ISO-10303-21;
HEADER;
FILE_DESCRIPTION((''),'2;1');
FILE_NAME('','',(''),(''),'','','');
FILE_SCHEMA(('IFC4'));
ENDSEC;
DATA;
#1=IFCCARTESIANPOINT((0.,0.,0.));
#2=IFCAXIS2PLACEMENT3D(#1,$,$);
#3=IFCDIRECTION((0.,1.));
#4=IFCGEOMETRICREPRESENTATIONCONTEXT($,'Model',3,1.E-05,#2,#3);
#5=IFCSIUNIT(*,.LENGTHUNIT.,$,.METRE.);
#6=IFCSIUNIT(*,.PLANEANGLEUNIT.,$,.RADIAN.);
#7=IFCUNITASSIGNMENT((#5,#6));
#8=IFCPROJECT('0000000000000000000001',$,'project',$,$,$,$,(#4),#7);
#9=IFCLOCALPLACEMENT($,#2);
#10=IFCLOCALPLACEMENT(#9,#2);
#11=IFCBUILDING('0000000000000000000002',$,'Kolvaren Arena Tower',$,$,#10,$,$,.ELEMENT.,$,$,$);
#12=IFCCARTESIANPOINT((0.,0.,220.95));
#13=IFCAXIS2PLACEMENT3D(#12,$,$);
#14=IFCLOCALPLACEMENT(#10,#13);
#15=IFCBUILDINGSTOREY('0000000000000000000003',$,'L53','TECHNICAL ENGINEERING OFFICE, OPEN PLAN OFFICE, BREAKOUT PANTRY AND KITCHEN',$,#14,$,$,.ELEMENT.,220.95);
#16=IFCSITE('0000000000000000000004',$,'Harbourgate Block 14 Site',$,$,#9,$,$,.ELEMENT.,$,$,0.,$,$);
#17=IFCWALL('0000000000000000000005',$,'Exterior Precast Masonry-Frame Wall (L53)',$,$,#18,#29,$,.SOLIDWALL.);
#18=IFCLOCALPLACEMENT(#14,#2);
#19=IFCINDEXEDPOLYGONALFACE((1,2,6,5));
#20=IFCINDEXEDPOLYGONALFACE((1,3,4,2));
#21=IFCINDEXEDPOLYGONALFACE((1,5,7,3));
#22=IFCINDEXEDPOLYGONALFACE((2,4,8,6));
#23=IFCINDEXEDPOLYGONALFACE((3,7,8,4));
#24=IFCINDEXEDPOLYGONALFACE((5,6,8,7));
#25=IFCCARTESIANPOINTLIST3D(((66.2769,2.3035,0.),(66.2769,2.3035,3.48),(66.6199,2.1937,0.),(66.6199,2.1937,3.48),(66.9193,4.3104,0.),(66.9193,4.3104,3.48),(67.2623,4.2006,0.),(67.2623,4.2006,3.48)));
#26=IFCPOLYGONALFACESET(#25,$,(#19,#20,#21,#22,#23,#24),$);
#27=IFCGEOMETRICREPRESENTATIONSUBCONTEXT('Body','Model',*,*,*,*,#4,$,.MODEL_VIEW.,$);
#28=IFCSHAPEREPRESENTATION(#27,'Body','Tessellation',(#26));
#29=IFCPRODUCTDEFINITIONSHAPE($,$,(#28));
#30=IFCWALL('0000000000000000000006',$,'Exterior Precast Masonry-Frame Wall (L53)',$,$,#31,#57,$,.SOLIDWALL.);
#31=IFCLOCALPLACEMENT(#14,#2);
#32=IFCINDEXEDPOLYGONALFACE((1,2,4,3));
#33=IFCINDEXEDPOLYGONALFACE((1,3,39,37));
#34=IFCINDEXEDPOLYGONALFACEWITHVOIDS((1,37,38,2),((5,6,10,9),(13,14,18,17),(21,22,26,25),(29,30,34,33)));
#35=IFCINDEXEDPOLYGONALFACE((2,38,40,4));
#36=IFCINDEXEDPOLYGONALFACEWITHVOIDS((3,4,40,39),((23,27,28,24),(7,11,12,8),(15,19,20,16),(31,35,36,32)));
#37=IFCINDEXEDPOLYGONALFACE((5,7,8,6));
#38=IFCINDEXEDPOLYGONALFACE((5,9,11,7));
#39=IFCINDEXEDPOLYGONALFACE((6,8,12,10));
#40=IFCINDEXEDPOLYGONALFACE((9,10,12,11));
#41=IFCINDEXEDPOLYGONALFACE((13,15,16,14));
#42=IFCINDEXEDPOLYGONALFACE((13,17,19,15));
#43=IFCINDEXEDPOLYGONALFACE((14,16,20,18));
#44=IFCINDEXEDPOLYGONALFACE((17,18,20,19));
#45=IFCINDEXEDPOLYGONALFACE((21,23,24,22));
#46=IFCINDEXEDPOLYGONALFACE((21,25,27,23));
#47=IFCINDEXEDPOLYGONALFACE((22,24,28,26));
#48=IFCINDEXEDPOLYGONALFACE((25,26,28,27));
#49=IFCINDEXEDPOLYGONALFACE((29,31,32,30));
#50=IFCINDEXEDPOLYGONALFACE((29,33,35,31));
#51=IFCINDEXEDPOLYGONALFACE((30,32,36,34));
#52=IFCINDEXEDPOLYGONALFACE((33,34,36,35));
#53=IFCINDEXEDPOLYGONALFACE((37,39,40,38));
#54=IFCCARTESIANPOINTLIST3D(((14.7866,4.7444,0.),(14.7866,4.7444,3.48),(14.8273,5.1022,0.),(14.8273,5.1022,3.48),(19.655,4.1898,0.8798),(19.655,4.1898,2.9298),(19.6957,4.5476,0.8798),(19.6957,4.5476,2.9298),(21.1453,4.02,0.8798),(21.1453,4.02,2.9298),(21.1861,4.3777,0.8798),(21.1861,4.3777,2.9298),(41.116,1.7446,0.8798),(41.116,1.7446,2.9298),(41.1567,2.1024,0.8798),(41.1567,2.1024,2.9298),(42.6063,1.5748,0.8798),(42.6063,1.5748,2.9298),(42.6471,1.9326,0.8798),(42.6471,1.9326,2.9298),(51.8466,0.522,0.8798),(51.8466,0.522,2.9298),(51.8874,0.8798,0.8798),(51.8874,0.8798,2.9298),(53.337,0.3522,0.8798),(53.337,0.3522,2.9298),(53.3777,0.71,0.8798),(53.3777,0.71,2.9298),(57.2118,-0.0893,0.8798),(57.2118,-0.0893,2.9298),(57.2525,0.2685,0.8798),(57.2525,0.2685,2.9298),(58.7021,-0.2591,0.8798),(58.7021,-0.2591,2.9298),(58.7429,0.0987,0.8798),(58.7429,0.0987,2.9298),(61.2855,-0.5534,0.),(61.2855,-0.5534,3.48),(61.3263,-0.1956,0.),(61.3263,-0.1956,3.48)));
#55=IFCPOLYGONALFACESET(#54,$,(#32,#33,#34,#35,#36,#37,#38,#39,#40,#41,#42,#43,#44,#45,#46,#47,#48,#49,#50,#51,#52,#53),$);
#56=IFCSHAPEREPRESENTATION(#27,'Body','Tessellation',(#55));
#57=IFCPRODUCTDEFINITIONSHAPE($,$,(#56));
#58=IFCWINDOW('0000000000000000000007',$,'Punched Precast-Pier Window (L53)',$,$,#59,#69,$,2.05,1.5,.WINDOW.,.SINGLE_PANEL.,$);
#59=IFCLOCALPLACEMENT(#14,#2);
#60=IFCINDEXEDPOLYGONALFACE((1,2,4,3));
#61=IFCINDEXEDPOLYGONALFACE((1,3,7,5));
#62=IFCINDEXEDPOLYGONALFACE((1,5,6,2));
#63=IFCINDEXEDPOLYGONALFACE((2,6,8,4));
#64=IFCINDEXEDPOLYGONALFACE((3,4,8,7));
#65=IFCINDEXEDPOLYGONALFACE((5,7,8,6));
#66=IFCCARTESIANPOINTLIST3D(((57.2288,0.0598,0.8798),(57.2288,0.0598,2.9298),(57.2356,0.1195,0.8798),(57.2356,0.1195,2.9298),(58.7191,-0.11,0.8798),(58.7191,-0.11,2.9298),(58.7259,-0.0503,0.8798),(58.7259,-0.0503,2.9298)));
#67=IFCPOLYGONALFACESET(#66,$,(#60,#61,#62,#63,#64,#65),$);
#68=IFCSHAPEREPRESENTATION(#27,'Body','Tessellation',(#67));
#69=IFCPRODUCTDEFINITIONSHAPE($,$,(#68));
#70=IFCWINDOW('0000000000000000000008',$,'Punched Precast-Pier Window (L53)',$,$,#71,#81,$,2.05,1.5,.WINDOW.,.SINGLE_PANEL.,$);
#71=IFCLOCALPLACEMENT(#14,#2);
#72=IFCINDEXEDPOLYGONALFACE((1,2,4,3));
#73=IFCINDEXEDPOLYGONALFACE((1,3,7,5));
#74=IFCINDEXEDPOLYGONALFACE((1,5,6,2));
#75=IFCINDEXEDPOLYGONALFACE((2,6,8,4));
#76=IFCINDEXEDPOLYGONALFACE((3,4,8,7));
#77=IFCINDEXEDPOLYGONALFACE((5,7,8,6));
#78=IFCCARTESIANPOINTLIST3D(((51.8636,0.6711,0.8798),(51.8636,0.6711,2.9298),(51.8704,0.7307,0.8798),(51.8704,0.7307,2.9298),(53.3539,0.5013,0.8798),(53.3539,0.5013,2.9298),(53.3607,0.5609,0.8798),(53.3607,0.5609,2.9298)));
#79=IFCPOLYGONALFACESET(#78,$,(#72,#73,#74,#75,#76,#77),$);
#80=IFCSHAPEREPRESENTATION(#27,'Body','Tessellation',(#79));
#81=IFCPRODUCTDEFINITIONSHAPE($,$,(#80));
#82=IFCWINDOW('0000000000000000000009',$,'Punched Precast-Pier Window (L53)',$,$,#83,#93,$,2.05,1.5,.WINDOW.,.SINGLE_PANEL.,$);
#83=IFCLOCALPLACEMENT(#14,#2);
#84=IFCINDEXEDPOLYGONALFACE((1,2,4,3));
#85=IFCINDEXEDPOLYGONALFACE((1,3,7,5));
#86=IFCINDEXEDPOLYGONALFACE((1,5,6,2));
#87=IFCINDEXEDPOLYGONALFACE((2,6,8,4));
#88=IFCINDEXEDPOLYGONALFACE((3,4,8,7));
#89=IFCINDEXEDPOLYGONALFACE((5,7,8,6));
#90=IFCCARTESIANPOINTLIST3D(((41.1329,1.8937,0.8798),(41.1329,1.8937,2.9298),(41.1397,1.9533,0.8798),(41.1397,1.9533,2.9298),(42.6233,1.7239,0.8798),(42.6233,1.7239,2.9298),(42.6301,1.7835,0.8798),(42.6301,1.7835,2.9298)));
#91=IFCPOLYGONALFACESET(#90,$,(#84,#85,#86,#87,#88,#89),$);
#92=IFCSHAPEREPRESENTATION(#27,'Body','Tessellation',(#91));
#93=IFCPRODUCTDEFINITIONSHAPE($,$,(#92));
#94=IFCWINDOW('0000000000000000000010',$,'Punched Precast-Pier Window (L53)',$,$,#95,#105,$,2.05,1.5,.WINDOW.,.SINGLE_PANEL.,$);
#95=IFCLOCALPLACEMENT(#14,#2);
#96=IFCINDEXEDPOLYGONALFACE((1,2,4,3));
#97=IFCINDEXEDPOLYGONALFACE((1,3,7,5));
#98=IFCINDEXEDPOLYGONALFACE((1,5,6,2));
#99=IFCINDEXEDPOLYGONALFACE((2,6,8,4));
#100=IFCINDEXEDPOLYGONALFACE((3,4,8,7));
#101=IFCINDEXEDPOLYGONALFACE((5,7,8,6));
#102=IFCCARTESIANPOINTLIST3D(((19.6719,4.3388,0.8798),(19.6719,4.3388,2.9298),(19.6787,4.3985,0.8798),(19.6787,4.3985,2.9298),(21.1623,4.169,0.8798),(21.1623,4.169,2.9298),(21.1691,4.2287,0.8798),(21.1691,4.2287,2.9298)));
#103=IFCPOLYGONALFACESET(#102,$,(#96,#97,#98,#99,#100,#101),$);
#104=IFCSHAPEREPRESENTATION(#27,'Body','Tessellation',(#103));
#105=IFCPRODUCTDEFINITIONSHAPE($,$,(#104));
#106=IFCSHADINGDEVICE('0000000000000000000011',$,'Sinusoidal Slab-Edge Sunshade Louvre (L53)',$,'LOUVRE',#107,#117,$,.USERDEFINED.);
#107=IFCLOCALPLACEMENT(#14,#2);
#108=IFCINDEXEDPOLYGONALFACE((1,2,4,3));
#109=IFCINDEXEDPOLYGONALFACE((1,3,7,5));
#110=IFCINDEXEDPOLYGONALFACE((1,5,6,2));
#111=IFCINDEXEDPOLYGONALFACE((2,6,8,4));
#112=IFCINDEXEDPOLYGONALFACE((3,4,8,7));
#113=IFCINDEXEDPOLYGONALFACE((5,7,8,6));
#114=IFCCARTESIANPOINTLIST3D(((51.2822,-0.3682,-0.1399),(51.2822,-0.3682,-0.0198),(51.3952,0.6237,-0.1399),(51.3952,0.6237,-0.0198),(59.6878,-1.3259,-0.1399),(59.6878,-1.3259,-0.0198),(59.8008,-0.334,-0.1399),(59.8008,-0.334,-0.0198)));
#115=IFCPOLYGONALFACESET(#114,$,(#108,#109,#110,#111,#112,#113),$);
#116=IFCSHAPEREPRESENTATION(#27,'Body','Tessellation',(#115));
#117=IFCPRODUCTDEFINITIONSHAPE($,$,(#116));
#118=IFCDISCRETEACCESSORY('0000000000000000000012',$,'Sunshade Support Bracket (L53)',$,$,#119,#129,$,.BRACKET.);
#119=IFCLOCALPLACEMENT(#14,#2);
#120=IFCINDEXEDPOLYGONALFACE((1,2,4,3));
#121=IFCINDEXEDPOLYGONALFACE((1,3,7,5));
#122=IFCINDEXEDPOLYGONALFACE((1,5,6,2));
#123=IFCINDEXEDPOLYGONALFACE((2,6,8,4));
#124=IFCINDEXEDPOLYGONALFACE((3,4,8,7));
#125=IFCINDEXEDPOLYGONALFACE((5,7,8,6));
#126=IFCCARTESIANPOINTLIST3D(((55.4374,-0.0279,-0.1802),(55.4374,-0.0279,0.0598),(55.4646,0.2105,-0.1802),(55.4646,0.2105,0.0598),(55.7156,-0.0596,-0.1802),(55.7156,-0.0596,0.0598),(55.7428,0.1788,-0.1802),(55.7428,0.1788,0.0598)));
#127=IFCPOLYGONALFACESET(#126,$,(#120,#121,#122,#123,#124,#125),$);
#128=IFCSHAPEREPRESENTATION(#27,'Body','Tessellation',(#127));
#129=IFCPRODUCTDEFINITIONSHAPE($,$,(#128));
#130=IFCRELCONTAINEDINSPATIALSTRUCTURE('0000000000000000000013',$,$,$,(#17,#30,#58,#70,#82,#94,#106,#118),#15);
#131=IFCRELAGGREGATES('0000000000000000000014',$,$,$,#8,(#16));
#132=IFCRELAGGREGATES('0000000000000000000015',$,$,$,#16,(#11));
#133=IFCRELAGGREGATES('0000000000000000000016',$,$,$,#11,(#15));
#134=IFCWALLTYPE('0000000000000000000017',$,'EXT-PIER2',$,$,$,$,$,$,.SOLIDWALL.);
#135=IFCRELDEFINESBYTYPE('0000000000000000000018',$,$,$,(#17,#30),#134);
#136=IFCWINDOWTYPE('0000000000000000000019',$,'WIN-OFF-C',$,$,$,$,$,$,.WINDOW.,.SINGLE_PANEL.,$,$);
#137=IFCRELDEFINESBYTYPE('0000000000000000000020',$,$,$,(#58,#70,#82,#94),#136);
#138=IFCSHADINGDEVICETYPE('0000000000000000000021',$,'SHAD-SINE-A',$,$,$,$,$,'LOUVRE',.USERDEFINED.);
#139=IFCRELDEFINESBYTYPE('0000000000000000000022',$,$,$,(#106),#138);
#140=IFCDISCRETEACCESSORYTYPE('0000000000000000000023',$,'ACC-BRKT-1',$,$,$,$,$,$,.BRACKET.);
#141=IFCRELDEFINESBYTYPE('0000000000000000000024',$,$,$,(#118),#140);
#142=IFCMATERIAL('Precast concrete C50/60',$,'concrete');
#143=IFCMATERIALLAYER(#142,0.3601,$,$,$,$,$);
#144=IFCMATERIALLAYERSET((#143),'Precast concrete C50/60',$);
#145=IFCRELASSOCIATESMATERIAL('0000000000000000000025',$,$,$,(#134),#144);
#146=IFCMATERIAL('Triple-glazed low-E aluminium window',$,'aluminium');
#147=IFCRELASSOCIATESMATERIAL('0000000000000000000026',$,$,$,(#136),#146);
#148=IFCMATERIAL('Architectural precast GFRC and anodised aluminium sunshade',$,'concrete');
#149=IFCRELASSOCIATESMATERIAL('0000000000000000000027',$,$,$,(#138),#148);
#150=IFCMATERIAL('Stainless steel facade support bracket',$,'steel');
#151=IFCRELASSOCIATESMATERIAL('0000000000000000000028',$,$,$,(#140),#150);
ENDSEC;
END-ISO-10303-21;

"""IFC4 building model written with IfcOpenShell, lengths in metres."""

from ifc_helpers import new_model, si_unit, direction, frame, frame_2d, origin, origin_2d, place, context, subcontext, project, spatial, rectangle, extrude, material, layer, layer_set, type_object, element, fill, save


model = new_model("IFC4")

# Units and contexts
model_context = context("Model", 3, precision=1e-05, world=origin(), true_north=direction((0.0, 1.0)))
body_context = subcontext(model_context, "Body", "Model", "MODEL_VIEW")
ifc_project = project(units=[si_unit("LENGTHUNIT", "METRE"), si_unit("PLANEANGLEUNIT", "RADIAN")], contexts=[model_context])

# Site, building, storey
site_placement = place(None, origin())
site = spatial("IfcSite", under=ifc_project, at=site_placement, Name="Harbourgate Block 14 Site", CompositionType="ELEMENT", RefElevation=0.0)
building_placement = place(site_placement, origin())
building = spatial("IfcBuilding", under=site, at=building_placement, Name="Kolvaren Arena Tower", CompositionType="ELEMENT")
storey_placement = place(building_placement, frame((0.0, 0.0, 220.95)))
storey = spatial("IfcBuildingStorey", under=building, at=storey_placement, Name="L53", Description="TECHNICAL ENGINEERING OFFICE, OPEN PLAN OFFICE, BREAKOUT PANTRY AND KITCHEN", CompositionType="ELEMENT", Elevation=220.95)

# Wall
ifc_material_1 = material(Name="Precast concrete C50/60", Category="concrete")
ifc_layer_1 = layer(ifc_material_1, 0.3601)
ifc_layer_set_1 = layer_set([ifc_layer_1], Name="Precast concrete C50/60")
wall_type_1 = type_object("IfcWallType", Name="EXT-PIER2", PredefinedType="SOLIDWALL", material=ifc_layer_set_1)
wall_1_placement = place(storey_placement, frame((67.0908, 4.2556, 0.0), z_axis=(0.0, 0.0, 1.0), x_axis=(-0.304839, -0.952404, 0.0)))
element("IfcWall", 1, at=wall_1_placement, inside=storey, type_object=wall_type_1, Name="Exterior Precast Masonry-Frame Wall (L53)", PredefinedType="SOLIDWALL", context=body_context, shape_type="SweptSolid", body=[
    extrude(rectangle(XDim=2.1072, YDim=0.3601, at=frame_2d((1.0537, 0.0))), origin(), (0.0, 0.0, 1.0), 3.48),
])

# Wall, openings, windows
wall_2_placement = place(storey_placement, frame((61.3059, -0.3745, 0.0), z_axis=(0.0, 0.0, 1.0), x_axis=(-0.993572, 0.113202, 0.0)))
wall_2 = element("IfcWall", 2, at=wall_2_placement, inside=storey, type_object=wall_type_1, Name="Exterior Precast Masonry-Frame Wall (L53)", PredefinedType="SOLIDWALL", context=body_context, shape_type="SweptSolid", body=[
    extrude(rectangle(XDim=46.7998, YDim=0.3601, at=frame_2d((23.3999, 0.0))), origin(), (0.0, 0.0, 1.0), 3.48),
])
opening_1_placement = place(wall_2_placement, frame((2.6001, 0.0, 0.8799)))
opening_1 = element("IfcOpeningElement", 3, at=opening_1_placement, cuts=wall_2, PredefinedType="OPENING", context=body_context, shape_type="SweptSolid", body=[
    extrude(rectangle(XDim=1.5, YDim=2.05, at=frame_2d((0.75, 1.0249))), frame((0.0, 0.1899, 0.0), z_axis=(0.0, -1.0, 0.0), x_axis=(1.0, 0.0, 0.0)), (0.0, 0.0, 1.0), 0.3801),
])
opening_2_placement = place(wall_2_placement, frame((8.0, 0.0, 0.8799)))
opening_2 = element("IfcOpeningElement", 4, at=opening_2_placement, cuts=wall_2, PredefinedType="OPENING", context=body_context, shape_type="SweptSolid", body=[
    extrude(rectangle(XDim=1.5, YDim=2.05, at=frame_2d((0.75, 1.0249))), frame((0.0, 0.1899, 0.0), z_axis=(0.0, -1.0, 0.0), x_axis=(1.0, 0.0, 0.0)), (0.0, 0.0, 1.0), 0.3801),
])
opening_3_placement = place(wall_2_placement, frame((18.8, 0.0, 0.8799)))
opening_3 = element("IfcOpeningElement", 5, at=opening_3_placement, cuts=wall_2, PredefinedType="OPENING", context=body_context, shape_type="SweptSolid", body=[
    extrude(rectangle(XDim=1.5, YDim=2.05, at=frame_2d((0.75, 1.0249))), frame((0.0, 0.1899, 0.0), z_axis=(0.0, -1.0, 0.0), x_axis=(1.0, 0.0, 0.0)), (0.0, 0.0, 1.0), 0.3801),
])
opening_4_placement = place(wall_2_placement, frame((40.3999, 0.0, 0.8799)))
opening_4 = element("IfcOpeningElement", 6, at=opening_4_placement, cuts=wall_2, PredefinedType="OPENING", context=body_context, shape_type="SweptSolid", body=[
    extrude(rectangle(XDim=1.5, YDim=2.05, at=frame_2d((0.75, 1.0249))), frame((0.0, 0.1899, 0.0), z_axis=(0.0, -1.0, 0.0), x_axis=(1.0, 0.0, 0.0)), (0.0, 0.0, 1.0), 0.3801),
])
ifc_material_2 = material(Name="Triple-glazed low-E aluminium window", Category="aluminium")
window_type = type_object("IfcWindowType", Name="WIN-OFF-C", PartitioningType="SINGLE_PANEL", PredefinedType="WINDOW", material=ifc_material_2)
window_1_placement = place(opening_1_placement, origin())
window_1 = element("IfcWindow", 7, at=window_1_placement, inside=storey, type_object=window_type, Name="Punched Precast-Pier Window (L53)", OverallHeight=2.05, OverallWidth=1.5, PartitioningType="SINGLE_PANEL", PredefinedType="WINDOW", context=body_context, shape_type="SweptSolid", body=[
    extrude(rectangle(XDim=1.5, YDim=2.05, at=frame_2d((0.75, 1.0249))), frame((0.0, 0.03, 0.0), z_axis=(0.0, -1.0, 0.0), x_axis=(1.0, 0.0, 0.0)), (0.0, 0.0, 1.0), 0.0601),
])
fill(opening_1, window_1)
window_2_placement = place(opening_2_placement, origin())
window_2 = element("IfcWindow", 8, at=window_2_placement, inside=storey, type_object=window_type, Name="Punched Precast-Pier Window (L53)", OverallHeight=2.05, OverallWidth=1.5, PartitioningType="SINGLE_PANEL", PredefinedType="WINDOW", context=body_context, shape_type="SweptSolid", body=[
    extrude(rectangle(XDim=1.5, YDim=2.05, at=frame_2d((0.75, 1.0249))), frame((0.0, 0.03, 0.0), z_axis=(0.0, -1.0, 0.0), x_axis=(1.0, 0.0, 0.0)), (0.0, 0.0, 1.0), 0.0601),
])
fill(opening_2, window_2)
window_3_placement = place(opening_3_placement, origin())
window_3 = element("IfcWindow", 9, at=window_3_placement, inside=storey, type_object=window_type, Name="Punched Precast-Pier Window (L53)", OverallHeight=2.05, OverallWidth=1.5, PartitioningType="SINGLE_PANEL", PredefinedType="WINDOW", context=body_context, shape_type="SweptSolid", body=[
    extrude(rectangle(XDim=1.5, YDim=2.05, at=frame_2d((0.75, 1.0249))), frame((0.0, 0.03, 0.0), z_axis=(0.0, -1.0, 0.0), x_axis=(1.0, 0.0, 0.0)), (0.0, 0.0, 1.0), 0.0601),
])
fill(opening_3, window_3)
window_4_placement = place(opening_4_placement, origin())
window_4 = element("IfcWindow", 10, at=window_4_placement, inside=storey, type_object=window_type, Name="Punched Precast-Pier Window (L53)", OverallHeight=2.05, OverallWidth=1.5, PartitioningType="SINGLE_PANEL", PredefinedType="WINDOW", context=body_context, shape_type="SweptSolid", body=[
    extrude(rectangle(XDim=1.5, YDim=2.05, at=frame_2d((0.75, 1.0249))), frame((0.0, 0.03, 0.0), z_axis=(0.0, -1.0, 0.0), x_axis=(1.0, 0.0, 0.0)), (0.0, 0.0, 1.0), 0.0601),
])
fill(opening_4, window_4)

# Shading device
ifc_material_3 = material(Name="Architectural precast GFRC and anodised aluminium sunshade", Category="concrete")
shading_device_type = type_object("IfcShadingDeviceType", Name="SHAD-SINE-A", ElementType="LOUVRE", PredefinedType="USERDEFINED", material=ifc_material_3)
shading_device_placement = place(storey_placement, frame((55.5415, -0.3511, -0.1399), z_axis=(0.0, 0.0, 1.0), x_axis=(-0.993572, 0.113205, 0.0)))
element("IfcShadingDevice", 11, at=shading_device_placement, inside=storey, type_object=shading_device_type, Name="Sinusoidal Slab-Edge Sunshade Louvre (L53)", ObjectType="LOUVRE", PredefinedType="USERDEFINED", context=body_context, shape_type="SweptSolid", body=[
    extrude(rectangle(XDim=8.46, YDim=0.9983, at=origin_2d()), origin(), (0.0, 0.0, 1.0), 0.1201),
])

# Discrete accessory
ifc_material_4 = material(Name="Stainless steel facade support bracket", Category="steel")
discrete_accessory_type = type_object("IfcDiscreteAccessoryType", Name="ACC-BRKT-1", PredefinedType="BRACKET", material=ifc_material_4)
discrete_accessory_placement = place(storey_placement, frame((55.5901, 0.0754, -0.1802), z_axis=(0.0, 0.0, 1.0), x_axis=(-0.993572, 0.113205, 0.0)))
element("IfcDiscreteAccessory", 12, at=discrete_accessory_placement, inside=storey, type_object=discrete_accessory_type, Name="Sunshade Support Bracket (L53)", PredefinedType="BRACKET", context=body_context, shape_type="SweptSolid", body=[
    extrude(rectangle(XDim=0.28, YDim=0.24, at=origin_2d()), origin(), (0.0, 0.0, 1.0), 0.24),
])

save(model, "model.ifc")
